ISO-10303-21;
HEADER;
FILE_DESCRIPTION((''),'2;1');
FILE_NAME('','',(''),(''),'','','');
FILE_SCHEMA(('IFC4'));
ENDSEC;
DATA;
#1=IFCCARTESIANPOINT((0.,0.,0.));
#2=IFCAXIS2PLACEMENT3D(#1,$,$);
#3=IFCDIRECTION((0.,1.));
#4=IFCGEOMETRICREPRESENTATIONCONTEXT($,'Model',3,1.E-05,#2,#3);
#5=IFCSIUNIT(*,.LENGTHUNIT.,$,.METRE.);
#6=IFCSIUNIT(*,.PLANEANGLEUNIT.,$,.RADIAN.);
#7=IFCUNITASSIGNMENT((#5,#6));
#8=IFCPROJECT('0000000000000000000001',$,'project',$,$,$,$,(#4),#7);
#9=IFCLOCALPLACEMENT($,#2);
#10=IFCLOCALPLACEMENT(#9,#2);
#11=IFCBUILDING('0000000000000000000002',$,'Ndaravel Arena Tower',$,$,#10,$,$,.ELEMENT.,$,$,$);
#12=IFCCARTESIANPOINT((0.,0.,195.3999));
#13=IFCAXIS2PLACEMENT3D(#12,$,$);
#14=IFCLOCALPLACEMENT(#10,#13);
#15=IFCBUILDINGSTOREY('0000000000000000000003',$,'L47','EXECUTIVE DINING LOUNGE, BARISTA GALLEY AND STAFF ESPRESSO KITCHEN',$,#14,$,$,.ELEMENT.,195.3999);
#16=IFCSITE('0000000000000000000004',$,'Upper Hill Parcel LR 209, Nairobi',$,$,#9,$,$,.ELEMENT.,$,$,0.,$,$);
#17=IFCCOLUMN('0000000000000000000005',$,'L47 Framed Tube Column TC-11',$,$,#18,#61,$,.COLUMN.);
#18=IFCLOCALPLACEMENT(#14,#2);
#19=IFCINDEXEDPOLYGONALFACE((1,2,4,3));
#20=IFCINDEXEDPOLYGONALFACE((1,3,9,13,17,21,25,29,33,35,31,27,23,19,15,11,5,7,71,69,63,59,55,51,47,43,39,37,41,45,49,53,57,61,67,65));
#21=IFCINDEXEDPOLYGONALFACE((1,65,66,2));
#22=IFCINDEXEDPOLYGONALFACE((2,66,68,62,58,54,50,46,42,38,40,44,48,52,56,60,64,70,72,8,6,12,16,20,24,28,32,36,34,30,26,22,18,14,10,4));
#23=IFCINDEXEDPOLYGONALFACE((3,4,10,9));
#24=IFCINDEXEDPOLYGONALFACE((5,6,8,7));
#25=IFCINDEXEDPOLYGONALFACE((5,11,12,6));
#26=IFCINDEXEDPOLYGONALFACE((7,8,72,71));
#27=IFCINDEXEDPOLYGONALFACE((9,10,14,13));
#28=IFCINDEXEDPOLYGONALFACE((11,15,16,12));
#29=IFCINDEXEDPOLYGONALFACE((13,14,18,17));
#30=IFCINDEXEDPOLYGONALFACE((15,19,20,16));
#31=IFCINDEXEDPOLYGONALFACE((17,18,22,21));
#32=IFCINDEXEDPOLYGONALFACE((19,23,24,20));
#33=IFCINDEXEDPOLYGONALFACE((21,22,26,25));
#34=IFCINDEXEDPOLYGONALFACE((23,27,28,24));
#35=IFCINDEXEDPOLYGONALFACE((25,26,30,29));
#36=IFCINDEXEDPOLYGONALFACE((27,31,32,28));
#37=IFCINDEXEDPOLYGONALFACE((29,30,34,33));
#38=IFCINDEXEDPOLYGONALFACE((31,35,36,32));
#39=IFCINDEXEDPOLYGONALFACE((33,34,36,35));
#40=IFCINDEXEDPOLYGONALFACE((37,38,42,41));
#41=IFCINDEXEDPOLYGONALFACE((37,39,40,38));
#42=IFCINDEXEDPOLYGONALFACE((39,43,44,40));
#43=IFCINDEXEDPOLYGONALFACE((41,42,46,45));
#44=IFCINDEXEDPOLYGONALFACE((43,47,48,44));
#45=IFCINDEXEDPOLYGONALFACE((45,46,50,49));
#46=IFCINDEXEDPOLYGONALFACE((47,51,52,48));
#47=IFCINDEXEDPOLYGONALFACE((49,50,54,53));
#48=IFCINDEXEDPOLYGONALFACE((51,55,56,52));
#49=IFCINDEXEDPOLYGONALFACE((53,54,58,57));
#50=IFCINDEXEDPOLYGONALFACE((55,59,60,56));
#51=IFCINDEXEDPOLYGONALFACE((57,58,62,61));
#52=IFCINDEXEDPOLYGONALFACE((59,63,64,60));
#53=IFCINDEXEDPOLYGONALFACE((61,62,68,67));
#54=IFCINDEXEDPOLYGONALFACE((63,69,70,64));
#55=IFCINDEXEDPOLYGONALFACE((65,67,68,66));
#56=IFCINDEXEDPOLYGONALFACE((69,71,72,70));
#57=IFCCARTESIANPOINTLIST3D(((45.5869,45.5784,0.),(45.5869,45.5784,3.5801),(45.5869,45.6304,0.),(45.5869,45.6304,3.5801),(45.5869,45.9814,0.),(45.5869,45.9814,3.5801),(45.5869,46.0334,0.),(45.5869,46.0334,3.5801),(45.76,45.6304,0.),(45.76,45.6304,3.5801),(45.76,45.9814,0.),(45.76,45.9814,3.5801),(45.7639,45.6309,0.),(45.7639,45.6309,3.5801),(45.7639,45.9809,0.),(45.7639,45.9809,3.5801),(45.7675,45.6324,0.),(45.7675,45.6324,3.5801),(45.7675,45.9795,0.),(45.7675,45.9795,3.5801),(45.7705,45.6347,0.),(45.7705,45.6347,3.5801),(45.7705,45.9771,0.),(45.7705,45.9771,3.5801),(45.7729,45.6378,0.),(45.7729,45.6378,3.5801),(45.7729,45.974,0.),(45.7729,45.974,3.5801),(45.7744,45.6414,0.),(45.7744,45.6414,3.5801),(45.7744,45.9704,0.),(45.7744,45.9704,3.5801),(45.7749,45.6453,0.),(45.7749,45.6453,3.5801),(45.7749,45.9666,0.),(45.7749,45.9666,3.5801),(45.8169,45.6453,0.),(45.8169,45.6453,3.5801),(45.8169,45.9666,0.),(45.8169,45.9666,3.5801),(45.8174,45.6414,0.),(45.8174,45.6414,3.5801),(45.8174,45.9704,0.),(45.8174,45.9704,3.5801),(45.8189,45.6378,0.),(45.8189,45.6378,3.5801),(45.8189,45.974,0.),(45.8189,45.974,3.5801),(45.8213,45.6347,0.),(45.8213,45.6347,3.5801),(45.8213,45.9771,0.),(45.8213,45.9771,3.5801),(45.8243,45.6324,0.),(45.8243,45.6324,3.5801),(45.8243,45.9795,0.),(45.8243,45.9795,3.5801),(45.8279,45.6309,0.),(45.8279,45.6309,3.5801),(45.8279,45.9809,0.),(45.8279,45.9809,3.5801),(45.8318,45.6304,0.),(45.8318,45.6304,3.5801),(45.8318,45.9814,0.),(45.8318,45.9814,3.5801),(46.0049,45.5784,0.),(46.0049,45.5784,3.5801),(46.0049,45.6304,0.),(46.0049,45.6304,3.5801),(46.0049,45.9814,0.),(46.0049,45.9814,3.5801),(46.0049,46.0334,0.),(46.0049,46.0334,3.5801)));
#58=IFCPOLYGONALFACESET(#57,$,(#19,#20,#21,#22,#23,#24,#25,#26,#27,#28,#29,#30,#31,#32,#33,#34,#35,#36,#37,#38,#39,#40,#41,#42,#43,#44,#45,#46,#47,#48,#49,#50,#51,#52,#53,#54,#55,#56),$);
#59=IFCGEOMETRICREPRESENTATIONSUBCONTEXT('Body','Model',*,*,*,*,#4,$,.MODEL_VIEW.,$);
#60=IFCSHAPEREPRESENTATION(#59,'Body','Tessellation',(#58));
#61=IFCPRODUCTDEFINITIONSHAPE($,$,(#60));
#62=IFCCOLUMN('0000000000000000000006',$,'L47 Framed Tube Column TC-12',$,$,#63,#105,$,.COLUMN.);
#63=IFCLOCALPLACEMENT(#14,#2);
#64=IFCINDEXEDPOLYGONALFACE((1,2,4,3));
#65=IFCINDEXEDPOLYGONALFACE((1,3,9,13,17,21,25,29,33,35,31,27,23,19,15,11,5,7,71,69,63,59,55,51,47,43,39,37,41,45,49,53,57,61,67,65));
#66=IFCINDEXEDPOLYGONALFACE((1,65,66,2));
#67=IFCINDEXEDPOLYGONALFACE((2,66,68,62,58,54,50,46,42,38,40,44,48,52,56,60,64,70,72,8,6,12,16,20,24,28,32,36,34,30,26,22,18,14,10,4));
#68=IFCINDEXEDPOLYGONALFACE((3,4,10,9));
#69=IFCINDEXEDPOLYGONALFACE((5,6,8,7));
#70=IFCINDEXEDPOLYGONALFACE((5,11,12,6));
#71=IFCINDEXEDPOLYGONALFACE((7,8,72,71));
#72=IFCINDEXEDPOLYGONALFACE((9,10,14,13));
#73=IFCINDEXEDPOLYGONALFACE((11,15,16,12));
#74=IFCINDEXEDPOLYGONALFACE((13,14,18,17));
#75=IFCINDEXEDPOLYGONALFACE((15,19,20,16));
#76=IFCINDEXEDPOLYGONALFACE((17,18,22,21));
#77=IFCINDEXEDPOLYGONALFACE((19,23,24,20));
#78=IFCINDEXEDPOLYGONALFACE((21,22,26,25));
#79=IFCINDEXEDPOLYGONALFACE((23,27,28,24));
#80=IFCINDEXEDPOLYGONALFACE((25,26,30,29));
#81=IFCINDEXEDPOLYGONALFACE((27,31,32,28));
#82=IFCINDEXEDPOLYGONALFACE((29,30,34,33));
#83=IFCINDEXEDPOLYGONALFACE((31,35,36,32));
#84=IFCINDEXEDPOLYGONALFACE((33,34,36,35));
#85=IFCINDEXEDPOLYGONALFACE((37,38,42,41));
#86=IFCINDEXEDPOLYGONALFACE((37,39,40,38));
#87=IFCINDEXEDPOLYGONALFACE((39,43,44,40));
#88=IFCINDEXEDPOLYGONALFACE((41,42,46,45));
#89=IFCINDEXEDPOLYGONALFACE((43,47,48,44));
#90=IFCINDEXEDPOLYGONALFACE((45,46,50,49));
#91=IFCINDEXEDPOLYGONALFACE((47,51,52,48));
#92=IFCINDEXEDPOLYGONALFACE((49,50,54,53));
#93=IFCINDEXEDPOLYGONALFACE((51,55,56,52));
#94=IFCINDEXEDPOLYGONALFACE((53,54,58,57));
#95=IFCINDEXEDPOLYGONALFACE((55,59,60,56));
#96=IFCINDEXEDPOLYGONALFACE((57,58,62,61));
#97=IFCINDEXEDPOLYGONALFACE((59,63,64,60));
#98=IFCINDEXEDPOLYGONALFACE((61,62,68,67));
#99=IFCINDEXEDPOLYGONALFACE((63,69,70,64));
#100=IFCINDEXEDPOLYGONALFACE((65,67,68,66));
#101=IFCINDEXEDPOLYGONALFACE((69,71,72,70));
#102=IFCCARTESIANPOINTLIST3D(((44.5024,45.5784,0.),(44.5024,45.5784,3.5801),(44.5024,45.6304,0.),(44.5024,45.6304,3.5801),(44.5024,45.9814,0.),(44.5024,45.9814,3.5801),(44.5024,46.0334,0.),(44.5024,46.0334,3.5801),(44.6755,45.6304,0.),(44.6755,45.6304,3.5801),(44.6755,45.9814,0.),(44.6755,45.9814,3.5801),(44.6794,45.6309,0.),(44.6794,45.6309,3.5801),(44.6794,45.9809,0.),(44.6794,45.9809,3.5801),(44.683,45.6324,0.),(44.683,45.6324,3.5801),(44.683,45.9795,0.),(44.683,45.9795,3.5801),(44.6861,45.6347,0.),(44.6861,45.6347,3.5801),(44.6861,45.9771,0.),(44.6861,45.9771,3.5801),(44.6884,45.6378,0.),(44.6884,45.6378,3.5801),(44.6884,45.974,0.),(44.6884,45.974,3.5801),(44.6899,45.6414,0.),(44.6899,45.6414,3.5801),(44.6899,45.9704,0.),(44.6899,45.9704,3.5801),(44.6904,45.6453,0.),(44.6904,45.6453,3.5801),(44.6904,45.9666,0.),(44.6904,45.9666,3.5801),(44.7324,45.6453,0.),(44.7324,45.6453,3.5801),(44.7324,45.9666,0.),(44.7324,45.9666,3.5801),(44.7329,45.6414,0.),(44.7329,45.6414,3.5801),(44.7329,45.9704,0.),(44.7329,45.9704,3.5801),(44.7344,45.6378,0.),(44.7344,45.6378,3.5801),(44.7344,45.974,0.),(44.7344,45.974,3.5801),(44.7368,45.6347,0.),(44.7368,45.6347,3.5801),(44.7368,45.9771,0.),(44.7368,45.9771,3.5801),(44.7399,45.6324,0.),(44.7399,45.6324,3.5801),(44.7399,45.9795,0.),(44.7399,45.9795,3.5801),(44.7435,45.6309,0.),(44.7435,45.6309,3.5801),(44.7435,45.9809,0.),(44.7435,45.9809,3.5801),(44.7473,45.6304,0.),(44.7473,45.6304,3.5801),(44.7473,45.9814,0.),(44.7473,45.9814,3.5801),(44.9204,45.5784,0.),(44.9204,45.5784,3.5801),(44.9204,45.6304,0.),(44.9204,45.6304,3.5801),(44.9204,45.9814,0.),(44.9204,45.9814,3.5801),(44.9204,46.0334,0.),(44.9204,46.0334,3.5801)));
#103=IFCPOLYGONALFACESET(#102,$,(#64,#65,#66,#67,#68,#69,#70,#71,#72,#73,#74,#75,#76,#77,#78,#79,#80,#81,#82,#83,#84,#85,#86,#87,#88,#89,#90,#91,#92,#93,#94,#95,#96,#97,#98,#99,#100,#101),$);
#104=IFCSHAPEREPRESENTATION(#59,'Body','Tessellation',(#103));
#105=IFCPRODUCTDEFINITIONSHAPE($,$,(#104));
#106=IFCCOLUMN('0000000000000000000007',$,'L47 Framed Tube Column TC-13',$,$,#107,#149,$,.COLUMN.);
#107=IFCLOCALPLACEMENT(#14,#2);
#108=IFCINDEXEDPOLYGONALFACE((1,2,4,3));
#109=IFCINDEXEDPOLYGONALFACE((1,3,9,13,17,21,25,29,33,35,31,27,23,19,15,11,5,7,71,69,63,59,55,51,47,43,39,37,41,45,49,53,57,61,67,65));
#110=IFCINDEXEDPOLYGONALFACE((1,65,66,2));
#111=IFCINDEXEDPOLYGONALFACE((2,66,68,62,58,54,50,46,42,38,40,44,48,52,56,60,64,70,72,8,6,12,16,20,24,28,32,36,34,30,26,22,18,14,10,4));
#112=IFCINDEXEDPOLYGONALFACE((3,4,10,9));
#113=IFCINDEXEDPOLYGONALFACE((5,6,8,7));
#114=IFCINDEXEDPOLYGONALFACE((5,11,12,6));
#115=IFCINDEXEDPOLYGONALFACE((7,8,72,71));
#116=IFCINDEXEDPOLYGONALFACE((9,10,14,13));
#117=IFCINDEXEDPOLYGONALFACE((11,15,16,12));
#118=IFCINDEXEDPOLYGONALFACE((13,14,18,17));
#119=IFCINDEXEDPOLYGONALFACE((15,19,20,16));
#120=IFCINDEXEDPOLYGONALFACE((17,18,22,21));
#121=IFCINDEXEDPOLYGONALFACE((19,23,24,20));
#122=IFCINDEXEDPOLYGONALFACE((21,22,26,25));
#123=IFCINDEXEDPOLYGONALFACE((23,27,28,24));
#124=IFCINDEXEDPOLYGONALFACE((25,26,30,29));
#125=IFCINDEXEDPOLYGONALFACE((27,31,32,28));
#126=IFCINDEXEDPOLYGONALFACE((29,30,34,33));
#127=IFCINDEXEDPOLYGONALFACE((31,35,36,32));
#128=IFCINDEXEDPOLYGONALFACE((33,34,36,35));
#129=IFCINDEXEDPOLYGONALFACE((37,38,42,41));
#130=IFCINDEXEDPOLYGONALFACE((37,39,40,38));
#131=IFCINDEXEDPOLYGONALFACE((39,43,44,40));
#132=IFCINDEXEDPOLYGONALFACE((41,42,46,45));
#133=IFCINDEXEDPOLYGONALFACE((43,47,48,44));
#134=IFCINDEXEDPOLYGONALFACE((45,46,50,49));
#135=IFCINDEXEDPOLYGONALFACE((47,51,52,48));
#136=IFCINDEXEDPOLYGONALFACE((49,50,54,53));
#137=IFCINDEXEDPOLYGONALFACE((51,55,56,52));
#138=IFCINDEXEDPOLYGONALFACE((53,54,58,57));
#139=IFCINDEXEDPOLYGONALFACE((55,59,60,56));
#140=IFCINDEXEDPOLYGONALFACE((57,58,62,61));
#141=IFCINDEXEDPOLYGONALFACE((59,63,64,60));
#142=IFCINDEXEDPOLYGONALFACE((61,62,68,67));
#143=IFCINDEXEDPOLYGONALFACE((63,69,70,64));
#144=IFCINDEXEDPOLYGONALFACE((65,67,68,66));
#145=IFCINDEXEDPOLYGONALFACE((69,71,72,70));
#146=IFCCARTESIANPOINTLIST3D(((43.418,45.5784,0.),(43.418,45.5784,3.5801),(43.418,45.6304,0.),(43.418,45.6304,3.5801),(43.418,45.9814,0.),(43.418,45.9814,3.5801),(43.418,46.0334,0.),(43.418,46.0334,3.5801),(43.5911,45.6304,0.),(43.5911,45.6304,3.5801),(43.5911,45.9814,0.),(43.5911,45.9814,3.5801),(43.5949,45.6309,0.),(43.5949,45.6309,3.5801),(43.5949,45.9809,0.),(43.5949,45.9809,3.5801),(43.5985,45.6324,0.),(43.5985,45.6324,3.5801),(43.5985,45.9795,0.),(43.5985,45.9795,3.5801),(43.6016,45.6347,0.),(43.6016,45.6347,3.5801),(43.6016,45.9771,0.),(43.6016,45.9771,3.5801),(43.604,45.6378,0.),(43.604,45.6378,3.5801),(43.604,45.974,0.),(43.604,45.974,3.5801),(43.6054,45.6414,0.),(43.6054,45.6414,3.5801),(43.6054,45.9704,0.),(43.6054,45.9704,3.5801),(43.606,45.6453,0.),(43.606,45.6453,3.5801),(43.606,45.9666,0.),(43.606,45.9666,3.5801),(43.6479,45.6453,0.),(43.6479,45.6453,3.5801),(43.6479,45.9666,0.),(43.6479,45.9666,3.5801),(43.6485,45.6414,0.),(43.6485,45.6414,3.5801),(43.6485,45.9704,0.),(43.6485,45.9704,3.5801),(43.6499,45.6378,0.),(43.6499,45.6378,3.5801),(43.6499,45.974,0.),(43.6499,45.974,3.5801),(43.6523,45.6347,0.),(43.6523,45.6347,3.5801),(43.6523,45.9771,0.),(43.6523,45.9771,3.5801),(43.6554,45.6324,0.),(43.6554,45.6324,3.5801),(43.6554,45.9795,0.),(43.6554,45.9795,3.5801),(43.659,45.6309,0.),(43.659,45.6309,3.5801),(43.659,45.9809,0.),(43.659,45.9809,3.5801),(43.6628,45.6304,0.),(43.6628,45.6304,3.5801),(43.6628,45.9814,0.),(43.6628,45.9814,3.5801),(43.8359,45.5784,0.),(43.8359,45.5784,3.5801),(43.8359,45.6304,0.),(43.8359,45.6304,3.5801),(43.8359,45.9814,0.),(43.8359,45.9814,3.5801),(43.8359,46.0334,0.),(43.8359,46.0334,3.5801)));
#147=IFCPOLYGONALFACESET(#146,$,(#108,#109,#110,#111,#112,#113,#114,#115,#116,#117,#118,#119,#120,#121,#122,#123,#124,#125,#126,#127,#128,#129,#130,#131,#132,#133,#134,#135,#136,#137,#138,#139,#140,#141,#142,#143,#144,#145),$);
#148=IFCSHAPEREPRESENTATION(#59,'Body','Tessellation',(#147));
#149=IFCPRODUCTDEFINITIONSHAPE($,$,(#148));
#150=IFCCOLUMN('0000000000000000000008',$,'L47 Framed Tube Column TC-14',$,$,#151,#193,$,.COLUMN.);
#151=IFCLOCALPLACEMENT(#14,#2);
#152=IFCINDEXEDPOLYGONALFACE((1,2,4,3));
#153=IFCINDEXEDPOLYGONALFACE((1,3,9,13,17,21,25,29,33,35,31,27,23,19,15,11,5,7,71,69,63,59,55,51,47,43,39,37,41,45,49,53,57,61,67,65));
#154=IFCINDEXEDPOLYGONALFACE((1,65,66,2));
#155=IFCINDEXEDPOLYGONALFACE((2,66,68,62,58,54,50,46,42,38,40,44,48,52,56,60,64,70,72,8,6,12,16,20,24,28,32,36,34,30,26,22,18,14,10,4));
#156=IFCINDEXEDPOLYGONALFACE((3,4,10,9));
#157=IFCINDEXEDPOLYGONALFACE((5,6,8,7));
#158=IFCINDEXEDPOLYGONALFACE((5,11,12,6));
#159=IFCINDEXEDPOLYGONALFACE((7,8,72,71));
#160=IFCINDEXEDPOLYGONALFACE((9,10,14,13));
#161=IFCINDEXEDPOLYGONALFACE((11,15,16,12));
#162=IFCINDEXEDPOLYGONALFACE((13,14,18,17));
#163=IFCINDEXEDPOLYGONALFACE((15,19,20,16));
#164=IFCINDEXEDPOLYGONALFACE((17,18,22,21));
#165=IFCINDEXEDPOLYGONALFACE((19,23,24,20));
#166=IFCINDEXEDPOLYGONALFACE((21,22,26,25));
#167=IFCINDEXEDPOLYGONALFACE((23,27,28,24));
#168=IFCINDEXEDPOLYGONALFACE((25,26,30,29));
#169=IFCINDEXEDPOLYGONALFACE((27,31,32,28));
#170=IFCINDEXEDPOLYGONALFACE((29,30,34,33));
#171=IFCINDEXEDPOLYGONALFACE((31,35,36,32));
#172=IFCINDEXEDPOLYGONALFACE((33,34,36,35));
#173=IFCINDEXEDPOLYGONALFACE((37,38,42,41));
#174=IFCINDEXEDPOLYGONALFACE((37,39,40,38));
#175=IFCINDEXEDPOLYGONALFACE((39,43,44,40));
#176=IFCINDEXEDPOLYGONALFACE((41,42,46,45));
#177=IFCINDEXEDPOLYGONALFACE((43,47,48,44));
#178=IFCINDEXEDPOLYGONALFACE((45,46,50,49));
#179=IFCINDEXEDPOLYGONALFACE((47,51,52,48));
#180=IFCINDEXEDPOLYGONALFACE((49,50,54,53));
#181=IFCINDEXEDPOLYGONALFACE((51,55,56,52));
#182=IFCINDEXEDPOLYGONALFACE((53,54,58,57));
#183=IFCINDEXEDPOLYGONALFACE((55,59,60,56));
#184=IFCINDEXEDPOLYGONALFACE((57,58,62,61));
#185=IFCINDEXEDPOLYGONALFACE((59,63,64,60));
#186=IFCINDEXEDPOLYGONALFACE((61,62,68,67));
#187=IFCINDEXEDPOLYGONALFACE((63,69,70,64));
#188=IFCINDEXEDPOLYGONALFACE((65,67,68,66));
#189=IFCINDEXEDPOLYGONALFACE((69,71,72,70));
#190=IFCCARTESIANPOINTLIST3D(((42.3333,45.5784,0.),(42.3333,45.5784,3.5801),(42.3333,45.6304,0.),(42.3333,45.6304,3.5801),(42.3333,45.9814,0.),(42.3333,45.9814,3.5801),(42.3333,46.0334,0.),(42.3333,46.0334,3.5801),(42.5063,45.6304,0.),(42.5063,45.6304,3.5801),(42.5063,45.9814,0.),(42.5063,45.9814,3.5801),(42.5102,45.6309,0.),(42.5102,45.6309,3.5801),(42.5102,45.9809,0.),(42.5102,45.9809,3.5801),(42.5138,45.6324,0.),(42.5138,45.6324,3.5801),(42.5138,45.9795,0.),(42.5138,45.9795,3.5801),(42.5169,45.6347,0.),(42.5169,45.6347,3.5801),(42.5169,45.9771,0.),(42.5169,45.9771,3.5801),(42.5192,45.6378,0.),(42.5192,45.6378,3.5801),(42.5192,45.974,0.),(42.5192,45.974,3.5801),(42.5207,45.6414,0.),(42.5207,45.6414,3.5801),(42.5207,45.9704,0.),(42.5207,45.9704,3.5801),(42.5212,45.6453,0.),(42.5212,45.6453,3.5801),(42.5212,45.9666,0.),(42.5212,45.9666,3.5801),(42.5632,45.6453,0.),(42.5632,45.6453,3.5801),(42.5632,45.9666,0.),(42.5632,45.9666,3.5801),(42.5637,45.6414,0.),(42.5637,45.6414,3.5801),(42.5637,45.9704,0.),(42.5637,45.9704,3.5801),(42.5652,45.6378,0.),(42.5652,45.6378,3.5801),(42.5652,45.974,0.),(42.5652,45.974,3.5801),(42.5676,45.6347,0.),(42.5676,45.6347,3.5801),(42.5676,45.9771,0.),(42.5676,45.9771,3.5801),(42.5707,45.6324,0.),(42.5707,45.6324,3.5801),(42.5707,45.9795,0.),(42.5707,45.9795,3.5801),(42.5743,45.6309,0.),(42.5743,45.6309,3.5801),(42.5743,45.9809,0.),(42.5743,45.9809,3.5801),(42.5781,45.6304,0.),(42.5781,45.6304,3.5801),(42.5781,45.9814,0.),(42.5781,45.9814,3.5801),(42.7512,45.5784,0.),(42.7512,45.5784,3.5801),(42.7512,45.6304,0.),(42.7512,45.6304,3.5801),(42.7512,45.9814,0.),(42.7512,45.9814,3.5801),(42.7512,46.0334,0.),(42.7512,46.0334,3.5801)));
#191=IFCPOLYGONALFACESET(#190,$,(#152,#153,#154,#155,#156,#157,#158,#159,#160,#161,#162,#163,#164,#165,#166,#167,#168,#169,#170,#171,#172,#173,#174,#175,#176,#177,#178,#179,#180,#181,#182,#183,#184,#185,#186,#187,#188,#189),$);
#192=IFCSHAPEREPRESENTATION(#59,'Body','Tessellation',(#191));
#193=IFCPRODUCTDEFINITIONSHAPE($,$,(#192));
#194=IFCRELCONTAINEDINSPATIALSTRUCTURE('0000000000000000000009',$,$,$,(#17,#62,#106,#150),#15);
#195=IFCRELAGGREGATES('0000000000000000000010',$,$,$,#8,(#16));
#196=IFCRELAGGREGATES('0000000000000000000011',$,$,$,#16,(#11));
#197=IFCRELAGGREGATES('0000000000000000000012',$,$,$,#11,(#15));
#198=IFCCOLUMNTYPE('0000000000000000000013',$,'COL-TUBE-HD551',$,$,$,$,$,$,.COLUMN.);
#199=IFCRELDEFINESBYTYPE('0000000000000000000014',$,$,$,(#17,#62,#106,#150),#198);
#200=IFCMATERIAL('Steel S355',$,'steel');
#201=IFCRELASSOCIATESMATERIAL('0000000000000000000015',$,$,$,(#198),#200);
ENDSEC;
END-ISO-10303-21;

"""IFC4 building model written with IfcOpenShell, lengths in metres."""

from ifc_helpers import new_model, si_unit, direction, frame, origin, origin_2d, place, context, subcontext, project, spatial, i_section, extrude, material, material_profile, profile_set, type_object, element, save


model = new_model("IFC4")

# Units and contexts
model_context = context("Model", 3, precision=1e-05, world=origin(), true_north=direction((0.0, 1.0)))
body_context = subcontext(model_context, "Body", "Model", "MODEL_VIEW")
ifc_project = project(units=[si_unit("LENGTHUNIT", "METRE"), si_unit("PLANEANGLEUNIT", "RADIAN")], contexts=[model_context])

# Site, building, storey
site_placement = place(None, origin())
site = spatial("IfcSite", under=ifc_project, at=site_placement, Name="Upper Hill Parcel LR 209, Nairobi", CompositionType="ELEMENT", RefElevation=0.0)
building_placement = place(site_placement, origin())
building = spatial("IfcBuilding", under=site, at=building_placement, Name="Ndaravel Arena Tower", CompositionType="ELEMENT")
storey_placement = place(building_placement, frame((0.0, 0.0, 195.3999)))
storey = spatial("IfcBuildingStorey", under=building, at=storey_placement, Name="L47", Description="EXECUTIVE DINING LOUNGE, BARISTA GALLEY AND STAFF ESPRESSO KITCHEN", CompositionType="ELEMENT", Elevation=195.3999)

# Columns
ifc_material_1 = material(Name="Steel S355", Category="steel")
ifc_material_profile_1 = material_profile(ifc_material_1, i_section(OverallWidth=0.418, OverallDepth=0.4551, WebThickness=0.042, FlangeThickness=0.052, FilletRadius=0.0149, at=origin_2d()), Name="HD 400x551")
ifc_profile_set_1 = profile_set([ifc_material_profile_1], Name="Steel S355")
column_type = type_object("IfcColumnType", Name="COL-TUBE-HD551", PredefinedType="COLUMN", material=ifc_profile_set_1)
for number, where, z_axis, x_axis, name in (
    (1, (45.7959, 45.8059, 0.0), (0.0, 0.0, 1.0), (1.0, 0.0, 0.0), "L47 Framed Tube Column TC-11"),
    (2, (44.7114, 45.8059, 0.0), (0.0, 0.0, 1.0), (1.0, 0.0, 0.0), "L47 Framed Tube Column TC-12"),
    (3, (43.627, 45.8059, 0.0), (0.0, 0.0, 1.0), (1.0, 0.0, 0.0), "L47 Framed Tube Column TC-13"),
    (4, (42.5422, 45.8059, 0.0), (0.0, 0.0, 1.0), (1.0, 0.0, 0.0), "L47 Framed Tube Column TC-14"),
):
    element("IfcColumn", number, at=place(storey_placement, frame(where, z_axis=z_axis, x_axis=x_axis)), inside=storey, type_object=column_type, Name=name, PredefinedType="COLUMN", context=body_context, shape_type="SweptSolid", body=[
        extrude(i_section(OverallWidth=0.418, OverallDepth=0.4551, WebThickness=0.042, FlangeThickness=0.052, FilletRadius=0.0149, at=origin_2d()), origin(), (0.0, 0.0, 1.0), 3.5801),
    ])

save(model, "model.ifc")
